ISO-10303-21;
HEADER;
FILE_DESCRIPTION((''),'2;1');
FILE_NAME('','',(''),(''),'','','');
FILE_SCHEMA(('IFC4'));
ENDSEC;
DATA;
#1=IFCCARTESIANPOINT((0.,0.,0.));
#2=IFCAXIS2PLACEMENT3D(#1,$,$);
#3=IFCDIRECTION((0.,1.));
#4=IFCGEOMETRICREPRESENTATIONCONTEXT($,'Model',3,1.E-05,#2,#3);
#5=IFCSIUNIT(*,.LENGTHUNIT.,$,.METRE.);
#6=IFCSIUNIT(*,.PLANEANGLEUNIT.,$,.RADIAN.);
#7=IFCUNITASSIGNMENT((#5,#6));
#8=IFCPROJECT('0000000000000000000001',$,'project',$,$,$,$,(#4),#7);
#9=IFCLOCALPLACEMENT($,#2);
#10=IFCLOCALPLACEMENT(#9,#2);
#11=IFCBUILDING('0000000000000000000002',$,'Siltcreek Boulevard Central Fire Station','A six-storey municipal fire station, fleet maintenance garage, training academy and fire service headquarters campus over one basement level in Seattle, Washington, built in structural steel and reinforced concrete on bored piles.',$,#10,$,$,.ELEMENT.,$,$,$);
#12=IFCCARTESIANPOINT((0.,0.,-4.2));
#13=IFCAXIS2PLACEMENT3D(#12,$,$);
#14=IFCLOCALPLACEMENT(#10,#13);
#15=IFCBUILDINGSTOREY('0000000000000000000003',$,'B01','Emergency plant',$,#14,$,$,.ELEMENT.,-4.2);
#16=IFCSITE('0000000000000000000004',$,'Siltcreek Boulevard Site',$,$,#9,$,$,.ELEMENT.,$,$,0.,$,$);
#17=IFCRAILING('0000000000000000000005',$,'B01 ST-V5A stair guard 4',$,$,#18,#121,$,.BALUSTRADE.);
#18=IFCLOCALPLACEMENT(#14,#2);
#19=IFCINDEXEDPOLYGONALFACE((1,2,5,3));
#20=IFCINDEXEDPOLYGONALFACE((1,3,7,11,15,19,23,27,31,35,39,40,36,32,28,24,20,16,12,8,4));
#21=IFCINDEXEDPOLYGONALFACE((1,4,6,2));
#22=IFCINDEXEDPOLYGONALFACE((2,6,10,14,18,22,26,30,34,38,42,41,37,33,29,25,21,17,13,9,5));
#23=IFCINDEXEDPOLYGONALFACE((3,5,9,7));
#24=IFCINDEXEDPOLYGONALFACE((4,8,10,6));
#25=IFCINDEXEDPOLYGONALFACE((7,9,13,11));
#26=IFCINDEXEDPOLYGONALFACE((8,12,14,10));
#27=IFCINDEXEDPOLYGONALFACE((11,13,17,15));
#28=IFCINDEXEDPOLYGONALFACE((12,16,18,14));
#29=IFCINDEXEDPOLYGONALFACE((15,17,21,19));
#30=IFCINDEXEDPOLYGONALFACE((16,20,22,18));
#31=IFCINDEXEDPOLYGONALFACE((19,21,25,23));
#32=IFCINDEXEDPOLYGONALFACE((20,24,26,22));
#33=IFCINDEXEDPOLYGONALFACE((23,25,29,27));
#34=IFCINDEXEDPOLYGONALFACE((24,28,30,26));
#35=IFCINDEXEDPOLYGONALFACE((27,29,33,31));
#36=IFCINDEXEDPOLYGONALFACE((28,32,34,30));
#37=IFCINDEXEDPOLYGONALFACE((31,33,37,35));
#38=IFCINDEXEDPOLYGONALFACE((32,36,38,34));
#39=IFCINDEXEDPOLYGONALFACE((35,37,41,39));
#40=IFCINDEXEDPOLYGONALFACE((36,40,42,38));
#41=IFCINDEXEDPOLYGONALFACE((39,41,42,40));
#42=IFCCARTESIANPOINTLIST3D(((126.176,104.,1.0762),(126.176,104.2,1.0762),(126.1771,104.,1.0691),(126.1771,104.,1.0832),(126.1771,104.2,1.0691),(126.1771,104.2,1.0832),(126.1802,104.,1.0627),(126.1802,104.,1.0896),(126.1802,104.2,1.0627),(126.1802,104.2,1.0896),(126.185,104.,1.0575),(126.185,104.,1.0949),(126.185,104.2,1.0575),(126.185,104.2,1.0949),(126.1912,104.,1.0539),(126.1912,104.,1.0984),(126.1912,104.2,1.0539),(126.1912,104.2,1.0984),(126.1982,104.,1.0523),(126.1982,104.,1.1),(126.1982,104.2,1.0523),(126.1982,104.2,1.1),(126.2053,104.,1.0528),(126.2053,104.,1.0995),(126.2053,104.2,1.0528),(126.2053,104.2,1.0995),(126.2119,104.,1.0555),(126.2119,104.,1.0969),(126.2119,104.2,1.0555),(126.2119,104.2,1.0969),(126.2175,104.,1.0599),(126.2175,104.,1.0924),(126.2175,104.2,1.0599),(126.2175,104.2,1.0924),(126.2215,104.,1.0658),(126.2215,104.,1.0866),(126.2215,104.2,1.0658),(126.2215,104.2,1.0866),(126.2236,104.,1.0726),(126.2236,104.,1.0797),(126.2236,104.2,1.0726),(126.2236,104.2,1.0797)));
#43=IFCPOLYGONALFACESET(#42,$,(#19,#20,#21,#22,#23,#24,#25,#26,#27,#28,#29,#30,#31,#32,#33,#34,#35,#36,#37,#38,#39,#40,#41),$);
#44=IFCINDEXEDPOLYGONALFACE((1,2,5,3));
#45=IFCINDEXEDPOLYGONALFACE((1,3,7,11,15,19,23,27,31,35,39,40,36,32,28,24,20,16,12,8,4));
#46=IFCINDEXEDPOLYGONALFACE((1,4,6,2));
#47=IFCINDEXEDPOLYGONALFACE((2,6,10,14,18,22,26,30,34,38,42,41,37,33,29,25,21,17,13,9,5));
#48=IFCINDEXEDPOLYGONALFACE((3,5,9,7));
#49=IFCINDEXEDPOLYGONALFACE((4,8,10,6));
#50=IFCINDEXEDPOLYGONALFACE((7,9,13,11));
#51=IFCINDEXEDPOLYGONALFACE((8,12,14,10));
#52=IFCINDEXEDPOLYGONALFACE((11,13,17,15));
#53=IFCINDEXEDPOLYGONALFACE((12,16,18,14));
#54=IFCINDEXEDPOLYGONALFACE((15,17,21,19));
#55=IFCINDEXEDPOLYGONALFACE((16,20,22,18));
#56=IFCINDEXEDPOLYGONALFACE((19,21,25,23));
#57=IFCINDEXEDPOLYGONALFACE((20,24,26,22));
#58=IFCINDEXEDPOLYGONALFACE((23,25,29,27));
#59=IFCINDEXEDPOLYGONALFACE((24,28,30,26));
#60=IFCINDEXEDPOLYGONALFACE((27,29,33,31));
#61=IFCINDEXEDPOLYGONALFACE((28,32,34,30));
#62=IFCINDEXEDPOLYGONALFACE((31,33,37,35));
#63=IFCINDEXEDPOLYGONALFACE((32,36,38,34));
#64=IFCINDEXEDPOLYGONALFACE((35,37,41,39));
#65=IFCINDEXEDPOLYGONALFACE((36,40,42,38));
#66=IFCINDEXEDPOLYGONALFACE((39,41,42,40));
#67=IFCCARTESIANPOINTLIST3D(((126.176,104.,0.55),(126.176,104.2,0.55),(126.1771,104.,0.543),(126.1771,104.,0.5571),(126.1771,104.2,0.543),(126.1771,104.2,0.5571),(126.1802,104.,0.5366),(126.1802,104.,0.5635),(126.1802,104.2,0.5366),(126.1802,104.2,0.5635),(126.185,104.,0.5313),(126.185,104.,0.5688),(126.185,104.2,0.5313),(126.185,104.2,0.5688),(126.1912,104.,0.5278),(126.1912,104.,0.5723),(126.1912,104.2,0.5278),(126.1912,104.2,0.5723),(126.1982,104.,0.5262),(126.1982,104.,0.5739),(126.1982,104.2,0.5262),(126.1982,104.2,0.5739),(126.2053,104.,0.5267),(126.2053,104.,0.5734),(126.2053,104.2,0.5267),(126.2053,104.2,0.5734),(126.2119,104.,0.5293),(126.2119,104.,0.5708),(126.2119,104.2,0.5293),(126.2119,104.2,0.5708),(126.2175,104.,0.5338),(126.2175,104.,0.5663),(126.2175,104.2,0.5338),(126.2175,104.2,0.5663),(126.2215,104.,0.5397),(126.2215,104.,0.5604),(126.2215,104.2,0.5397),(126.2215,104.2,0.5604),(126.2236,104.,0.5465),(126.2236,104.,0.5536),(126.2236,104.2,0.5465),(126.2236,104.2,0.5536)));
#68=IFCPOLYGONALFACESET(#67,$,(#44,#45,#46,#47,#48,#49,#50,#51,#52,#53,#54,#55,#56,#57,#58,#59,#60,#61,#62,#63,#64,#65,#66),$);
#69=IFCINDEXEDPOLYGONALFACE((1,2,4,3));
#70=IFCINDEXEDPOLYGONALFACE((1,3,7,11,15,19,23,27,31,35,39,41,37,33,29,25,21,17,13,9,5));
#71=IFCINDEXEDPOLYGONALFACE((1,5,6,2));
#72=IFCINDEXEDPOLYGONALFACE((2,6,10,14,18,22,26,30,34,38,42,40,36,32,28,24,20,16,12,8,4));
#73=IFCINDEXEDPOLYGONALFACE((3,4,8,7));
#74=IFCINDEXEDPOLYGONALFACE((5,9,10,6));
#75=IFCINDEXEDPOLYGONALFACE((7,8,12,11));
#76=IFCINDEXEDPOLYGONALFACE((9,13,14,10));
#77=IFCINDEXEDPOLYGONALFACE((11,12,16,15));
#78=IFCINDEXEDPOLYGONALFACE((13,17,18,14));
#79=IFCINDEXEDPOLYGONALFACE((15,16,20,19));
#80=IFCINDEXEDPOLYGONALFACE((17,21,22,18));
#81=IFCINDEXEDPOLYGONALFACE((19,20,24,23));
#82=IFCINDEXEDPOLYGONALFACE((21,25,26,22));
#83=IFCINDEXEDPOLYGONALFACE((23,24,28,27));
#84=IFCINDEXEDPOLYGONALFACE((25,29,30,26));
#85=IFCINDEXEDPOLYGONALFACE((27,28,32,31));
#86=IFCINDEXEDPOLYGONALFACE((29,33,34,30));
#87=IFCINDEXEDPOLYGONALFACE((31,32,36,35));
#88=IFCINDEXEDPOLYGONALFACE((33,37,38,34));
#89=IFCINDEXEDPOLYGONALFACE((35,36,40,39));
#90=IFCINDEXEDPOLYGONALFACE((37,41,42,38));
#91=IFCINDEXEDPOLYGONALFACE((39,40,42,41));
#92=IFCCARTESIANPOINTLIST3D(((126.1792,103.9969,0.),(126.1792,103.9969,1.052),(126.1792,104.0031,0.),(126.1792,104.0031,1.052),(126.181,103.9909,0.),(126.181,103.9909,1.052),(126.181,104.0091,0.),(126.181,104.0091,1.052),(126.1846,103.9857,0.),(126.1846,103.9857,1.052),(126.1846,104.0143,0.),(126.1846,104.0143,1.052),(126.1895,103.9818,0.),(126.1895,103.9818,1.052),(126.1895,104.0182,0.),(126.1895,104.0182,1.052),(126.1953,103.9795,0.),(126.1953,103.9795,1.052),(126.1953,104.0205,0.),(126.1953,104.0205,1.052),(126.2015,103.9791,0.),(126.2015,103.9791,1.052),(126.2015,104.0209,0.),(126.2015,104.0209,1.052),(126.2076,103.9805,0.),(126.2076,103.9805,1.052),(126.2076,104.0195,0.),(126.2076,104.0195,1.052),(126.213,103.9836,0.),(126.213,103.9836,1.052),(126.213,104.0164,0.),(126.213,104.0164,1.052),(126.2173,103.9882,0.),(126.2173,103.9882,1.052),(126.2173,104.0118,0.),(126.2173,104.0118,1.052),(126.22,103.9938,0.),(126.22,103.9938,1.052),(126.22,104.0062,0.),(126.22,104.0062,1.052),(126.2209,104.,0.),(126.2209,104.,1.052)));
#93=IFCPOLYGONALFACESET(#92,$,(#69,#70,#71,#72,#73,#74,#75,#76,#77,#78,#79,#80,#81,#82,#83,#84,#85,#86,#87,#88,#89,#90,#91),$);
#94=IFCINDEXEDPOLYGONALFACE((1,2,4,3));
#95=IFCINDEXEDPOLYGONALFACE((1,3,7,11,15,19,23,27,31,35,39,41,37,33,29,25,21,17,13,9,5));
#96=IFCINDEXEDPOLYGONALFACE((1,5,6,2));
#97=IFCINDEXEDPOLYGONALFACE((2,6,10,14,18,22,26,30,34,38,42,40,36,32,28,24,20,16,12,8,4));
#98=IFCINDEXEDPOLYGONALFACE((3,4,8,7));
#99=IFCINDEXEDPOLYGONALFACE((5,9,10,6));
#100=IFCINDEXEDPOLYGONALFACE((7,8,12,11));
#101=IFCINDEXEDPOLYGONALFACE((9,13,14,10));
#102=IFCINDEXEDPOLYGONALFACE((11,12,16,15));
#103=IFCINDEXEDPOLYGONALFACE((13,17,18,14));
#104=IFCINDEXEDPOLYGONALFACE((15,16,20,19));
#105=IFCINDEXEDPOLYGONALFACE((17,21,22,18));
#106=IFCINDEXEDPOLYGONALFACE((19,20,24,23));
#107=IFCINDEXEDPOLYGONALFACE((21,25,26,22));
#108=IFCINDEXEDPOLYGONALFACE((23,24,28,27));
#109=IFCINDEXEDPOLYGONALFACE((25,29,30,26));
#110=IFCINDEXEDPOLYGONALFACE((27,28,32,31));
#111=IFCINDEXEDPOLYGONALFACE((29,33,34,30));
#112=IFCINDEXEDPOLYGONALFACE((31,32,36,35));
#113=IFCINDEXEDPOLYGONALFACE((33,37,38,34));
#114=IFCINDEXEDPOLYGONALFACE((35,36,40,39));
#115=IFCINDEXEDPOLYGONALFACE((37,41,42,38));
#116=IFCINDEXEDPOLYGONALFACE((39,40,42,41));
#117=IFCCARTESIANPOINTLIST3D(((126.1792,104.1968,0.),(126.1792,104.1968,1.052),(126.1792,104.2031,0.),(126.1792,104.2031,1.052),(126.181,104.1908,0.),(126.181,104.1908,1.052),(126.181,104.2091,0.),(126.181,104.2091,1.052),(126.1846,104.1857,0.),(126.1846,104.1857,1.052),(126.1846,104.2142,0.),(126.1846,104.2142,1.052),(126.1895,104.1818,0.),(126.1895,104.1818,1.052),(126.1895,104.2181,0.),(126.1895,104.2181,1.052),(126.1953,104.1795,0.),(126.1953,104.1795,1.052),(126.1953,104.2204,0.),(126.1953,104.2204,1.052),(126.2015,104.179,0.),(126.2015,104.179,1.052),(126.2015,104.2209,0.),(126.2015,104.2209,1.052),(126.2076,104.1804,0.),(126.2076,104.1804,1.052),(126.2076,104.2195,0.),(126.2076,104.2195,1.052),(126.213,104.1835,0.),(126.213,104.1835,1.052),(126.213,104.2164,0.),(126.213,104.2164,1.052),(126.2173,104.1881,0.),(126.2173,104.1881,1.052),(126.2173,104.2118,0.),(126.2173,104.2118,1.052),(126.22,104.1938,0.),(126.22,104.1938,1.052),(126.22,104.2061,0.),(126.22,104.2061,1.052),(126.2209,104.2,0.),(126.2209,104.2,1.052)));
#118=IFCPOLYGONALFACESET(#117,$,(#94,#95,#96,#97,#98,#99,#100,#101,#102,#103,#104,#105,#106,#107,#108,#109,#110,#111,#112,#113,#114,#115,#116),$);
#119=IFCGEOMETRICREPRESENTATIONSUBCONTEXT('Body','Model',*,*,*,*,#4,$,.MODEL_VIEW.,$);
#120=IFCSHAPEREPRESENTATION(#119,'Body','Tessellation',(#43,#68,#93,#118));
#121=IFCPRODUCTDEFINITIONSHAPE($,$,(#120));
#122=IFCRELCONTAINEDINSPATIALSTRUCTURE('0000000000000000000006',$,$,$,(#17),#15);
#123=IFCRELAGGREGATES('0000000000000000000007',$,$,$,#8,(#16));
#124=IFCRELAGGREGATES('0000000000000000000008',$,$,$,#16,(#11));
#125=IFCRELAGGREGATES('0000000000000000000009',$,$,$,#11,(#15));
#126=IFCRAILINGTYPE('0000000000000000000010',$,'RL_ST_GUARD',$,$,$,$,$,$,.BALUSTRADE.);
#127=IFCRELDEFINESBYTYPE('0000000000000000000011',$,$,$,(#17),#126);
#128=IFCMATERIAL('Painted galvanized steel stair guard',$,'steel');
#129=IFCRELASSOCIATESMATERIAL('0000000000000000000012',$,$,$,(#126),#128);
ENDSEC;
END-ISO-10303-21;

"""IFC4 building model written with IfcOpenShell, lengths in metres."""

from ifc_helpers import new_model, si_unit, direction, frame, origin, origin_2d, place, context, subcontext, project, spatial, circle, extrude, material, type_object, element, save


model = new_model("IFC4")

# Units and contexts
model_context = context("Model", 3, precision=1e-05, world=origin(), true_north=direction((0.0, 1.0)))
body_context = subcontext(model_context, "Body", "Model", "MODEL_VIEW")
ifc_project = project(units=[si_unit("LENGTHUNIT", "METRE"), si_unit("PLANEANGLEUNIT", "RADIAN")], contexts=[model_context])

# Site, building, storey
site_placement = place(None, origin())
site = spatial("IfcSite", under=ifc_project, at=site_placement, Name="Siltcreek Boulevard Site", CompositionType="ELEMENT", RefElevation=0.0)
building_placement = place(site_placement, origin())
building = spatial("IfcBuilding", under=site, at=building_placement, Name="Siltcreek Boulevard Central Fire Station", Description="A six-storey municipal fire station, fleet maintenance garage, training academy and fire service headquarters campus over one basement level in Seattle, Washington, built in structural steel and reinforced concrete on bored piles.", CompositionType="ELEMENT")
storey_placement = place(building_placement, frame((0.0, 0.0, -4.2)))
storey = spatial("IfcBuildingStorey", under=building, at=storey_placement, Name="B01", Description="Emergency plant", CompositionType="ELEMENT", Elevation=-4.2)

# Railing
ifc_material_1 = material(Name="Painted galvanized steel stair guard", Category="steel")
railing_type_1 = type_object("IfcRailingType", Name="RL_ST_GUARD", PredefinedType="BALUSTRADE", material=ifc_material_1)
railing_1_placement = place(storey_placement, frame((126.2, 104.0, 0.0)))
element("IfcRailing", 1, at=railing_1_placement, inside=storey, type_object=railing_type_1, Name="B01 ST-V5A stair guard 4", PredefinedType="BALUSTRADE", context=body_context, shape_type="SweptSolid", body=[
    extrude(circle(Radius=0.0239, at=origin_2d()), frame((0.0, 0.0, 1.0762), z_axis=(0.0, 1.0, 0.0), x_axis=(-1.0, 0.0, 0.0)), (0.0, 0.0, 1.0), 0.2),
    extrude(circle(Radius=0.0239, at=origin_2d()), frame((0.0, 0.0, 0.55), z_axis=(0.0, 1.0, 0.0), x_axis=(-1.0, 0.0, 0.0)), (0.0, 0.0, 1.0), 0.2),
    extrude(circle(Radius=0.021, at=origin_2d()), origin(), (0.0, 0.0, 1.0), 1.052),
    extrude(circle(Radius=0.021, at=origin_2d()), frame((0.0, 0.2, 0.0)), (0.0, 0.0, 1.0), 1.052),
])

save(model, "model.ifc")
